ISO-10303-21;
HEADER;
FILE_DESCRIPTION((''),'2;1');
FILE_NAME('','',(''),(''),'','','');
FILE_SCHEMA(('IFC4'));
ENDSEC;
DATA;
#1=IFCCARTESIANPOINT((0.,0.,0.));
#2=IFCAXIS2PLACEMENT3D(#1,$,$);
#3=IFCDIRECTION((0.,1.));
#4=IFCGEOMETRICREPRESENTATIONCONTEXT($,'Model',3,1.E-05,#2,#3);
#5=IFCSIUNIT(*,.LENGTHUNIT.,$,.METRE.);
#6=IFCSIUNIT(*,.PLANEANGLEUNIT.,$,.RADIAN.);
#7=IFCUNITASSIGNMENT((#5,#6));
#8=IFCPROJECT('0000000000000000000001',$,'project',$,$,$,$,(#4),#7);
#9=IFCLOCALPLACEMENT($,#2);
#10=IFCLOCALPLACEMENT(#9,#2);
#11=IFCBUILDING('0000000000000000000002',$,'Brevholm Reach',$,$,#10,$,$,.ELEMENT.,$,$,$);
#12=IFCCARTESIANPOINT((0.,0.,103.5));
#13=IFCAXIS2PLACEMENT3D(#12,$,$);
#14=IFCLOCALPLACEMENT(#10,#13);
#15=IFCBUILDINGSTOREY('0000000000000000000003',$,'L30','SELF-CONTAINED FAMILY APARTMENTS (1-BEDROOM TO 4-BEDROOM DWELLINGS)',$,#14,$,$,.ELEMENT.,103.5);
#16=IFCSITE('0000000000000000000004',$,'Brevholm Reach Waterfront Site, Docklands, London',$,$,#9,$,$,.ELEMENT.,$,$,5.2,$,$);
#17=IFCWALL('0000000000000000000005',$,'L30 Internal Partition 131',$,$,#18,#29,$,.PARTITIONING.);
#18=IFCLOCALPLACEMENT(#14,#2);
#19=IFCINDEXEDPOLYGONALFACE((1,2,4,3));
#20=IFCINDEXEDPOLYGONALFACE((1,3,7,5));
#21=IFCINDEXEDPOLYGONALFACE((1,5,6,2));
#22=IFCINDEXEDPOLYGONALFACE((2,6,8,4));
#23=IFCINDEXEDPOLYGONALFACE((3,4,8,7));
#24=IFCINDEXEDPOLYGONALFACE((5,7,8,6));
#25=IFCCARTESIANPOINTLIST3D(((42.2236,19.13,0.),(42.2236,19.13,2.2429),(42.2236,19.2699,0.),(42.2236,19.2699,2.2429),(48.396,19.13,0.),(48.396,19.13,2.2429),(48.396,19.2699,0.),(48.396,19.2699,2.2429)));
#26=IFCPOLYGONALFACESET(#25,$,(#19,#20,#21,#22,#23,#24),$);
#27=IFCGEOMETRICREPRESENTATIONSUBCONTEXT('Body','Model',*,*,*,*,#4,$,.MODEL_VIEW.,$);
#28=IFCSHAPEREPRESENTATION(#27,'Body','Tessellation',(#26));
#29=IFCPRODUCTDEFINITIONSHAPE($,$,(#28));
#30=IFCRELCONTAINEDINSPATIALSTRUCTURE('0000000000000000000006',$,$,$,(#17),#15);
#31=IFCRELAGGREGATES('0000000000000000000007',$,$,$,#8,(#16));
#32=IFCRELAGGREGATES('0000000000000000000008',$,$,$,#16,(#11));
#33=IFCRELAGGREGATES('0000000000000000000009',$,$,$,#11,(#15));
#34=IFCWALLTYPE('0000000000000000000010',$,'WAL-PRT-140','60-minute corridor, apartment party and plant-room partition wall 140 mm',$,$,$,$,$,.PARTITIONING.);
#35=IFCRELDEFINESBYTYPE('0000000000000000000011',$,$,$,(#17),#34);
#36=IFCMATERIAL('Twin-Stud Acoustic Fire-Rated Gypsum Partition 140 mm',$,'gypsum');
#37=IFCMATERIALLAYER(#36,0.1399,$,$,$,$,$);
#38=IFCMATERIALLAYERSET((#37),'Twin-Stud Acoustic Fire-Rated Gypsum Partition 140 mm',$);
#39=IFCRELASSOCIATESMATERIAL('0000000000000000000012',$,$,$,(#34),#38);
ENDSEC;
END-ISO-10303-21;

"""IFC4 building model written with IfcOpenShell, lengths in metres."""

from ifc_helpers import new_model, si_unit, direction, frame, frame_2d, origin, place, context, subcontext, project, spatial, rectangle, extrude, material, layer, layer_set, type_object, element, save


model = new_model("IFC4")

# Units and contexts
model_context = context("Model", 3, precision=1e-05, world=origin(), true_north=direction((0.0, 1.0)))
body_context = subcontext(model_context, "Body", "Model", "MODEL_VIEW")
ifc_project = project(units=[si_unit("LENGTHUNIT", "METRE"), si_unit("PLANEANGLEUNIT", "RADIAN")], contexts=[model_context])

# Site, building, storey
site_placement = place(None, origin())
site = spatial("IfcSite", under=ifc_project, at=site_placement, Name="Brevholm Reach Waterfront Site, Docklands, London", CompositionType="ELEMENT", RefElevation=5.2)
building_placement = place(site_placement, origin())
building = spatial("IfcBuilding", under=site, at=building_placement, Name="Brevholm Reach", CompositionType="ELEMENT")
storey_placement = place(building_placement, frame((0.0, 0.0, 103.5)))
storey = spatial("IfcBuildingStorey", under=building, at=storey_placement, Name="L30", Description="SELF-CONTAINED FAMILY APARTMENTS (1-BEDROOM TO 4-BEDROOM DWELLINGS)", CompositionType="ELEMENT", Elevation=103.5)

# Shared definitions
ifc_material_1 = material(Name="Twin-Stud Acoustic Fire-Rated Gypsum Partition 140 mm", Category="gypsum")
ifc_layer_1 = layer(ifc_material_1, 0.1399)
ifc_layer_set_1 = layer_set([ifc_layer_1], Name="Twin-Stud Acoustic Fire-Rated Gypsum Partition 140 mm")
wall_type_1 = type_object("IfcWallType", Name="WAL-PRT-140", Description="60-minute corridor, apartment party and plant-room partition wall 140 mm", PredefinedType="PARTITIONING", material=ifc_layer_set_1)

# Wall
wall_1_placement = place(storey_placement, frame((42.2236, 19.2, 0.0), z_axis=(0.0, 0.0, 1.0), x_axis=(1.0, 0.0, 0.0)))
element("IfcWall", 1, at=wall_1_placement, inside=storey, type_object=wall_type_1, Name="L30 Internal Partition 131", PredefinedType="PARTITIONING", context=body_context, shape_type="SweptSolid", body=[
    extrude(rectangle(XDim=6.1724, YDim=0.1399, at=frame_2d((3.0862, 0.0))), origin(), (0.0, 0.0, 1.0), 2.2429),
])

save(model, "model.ifc")
